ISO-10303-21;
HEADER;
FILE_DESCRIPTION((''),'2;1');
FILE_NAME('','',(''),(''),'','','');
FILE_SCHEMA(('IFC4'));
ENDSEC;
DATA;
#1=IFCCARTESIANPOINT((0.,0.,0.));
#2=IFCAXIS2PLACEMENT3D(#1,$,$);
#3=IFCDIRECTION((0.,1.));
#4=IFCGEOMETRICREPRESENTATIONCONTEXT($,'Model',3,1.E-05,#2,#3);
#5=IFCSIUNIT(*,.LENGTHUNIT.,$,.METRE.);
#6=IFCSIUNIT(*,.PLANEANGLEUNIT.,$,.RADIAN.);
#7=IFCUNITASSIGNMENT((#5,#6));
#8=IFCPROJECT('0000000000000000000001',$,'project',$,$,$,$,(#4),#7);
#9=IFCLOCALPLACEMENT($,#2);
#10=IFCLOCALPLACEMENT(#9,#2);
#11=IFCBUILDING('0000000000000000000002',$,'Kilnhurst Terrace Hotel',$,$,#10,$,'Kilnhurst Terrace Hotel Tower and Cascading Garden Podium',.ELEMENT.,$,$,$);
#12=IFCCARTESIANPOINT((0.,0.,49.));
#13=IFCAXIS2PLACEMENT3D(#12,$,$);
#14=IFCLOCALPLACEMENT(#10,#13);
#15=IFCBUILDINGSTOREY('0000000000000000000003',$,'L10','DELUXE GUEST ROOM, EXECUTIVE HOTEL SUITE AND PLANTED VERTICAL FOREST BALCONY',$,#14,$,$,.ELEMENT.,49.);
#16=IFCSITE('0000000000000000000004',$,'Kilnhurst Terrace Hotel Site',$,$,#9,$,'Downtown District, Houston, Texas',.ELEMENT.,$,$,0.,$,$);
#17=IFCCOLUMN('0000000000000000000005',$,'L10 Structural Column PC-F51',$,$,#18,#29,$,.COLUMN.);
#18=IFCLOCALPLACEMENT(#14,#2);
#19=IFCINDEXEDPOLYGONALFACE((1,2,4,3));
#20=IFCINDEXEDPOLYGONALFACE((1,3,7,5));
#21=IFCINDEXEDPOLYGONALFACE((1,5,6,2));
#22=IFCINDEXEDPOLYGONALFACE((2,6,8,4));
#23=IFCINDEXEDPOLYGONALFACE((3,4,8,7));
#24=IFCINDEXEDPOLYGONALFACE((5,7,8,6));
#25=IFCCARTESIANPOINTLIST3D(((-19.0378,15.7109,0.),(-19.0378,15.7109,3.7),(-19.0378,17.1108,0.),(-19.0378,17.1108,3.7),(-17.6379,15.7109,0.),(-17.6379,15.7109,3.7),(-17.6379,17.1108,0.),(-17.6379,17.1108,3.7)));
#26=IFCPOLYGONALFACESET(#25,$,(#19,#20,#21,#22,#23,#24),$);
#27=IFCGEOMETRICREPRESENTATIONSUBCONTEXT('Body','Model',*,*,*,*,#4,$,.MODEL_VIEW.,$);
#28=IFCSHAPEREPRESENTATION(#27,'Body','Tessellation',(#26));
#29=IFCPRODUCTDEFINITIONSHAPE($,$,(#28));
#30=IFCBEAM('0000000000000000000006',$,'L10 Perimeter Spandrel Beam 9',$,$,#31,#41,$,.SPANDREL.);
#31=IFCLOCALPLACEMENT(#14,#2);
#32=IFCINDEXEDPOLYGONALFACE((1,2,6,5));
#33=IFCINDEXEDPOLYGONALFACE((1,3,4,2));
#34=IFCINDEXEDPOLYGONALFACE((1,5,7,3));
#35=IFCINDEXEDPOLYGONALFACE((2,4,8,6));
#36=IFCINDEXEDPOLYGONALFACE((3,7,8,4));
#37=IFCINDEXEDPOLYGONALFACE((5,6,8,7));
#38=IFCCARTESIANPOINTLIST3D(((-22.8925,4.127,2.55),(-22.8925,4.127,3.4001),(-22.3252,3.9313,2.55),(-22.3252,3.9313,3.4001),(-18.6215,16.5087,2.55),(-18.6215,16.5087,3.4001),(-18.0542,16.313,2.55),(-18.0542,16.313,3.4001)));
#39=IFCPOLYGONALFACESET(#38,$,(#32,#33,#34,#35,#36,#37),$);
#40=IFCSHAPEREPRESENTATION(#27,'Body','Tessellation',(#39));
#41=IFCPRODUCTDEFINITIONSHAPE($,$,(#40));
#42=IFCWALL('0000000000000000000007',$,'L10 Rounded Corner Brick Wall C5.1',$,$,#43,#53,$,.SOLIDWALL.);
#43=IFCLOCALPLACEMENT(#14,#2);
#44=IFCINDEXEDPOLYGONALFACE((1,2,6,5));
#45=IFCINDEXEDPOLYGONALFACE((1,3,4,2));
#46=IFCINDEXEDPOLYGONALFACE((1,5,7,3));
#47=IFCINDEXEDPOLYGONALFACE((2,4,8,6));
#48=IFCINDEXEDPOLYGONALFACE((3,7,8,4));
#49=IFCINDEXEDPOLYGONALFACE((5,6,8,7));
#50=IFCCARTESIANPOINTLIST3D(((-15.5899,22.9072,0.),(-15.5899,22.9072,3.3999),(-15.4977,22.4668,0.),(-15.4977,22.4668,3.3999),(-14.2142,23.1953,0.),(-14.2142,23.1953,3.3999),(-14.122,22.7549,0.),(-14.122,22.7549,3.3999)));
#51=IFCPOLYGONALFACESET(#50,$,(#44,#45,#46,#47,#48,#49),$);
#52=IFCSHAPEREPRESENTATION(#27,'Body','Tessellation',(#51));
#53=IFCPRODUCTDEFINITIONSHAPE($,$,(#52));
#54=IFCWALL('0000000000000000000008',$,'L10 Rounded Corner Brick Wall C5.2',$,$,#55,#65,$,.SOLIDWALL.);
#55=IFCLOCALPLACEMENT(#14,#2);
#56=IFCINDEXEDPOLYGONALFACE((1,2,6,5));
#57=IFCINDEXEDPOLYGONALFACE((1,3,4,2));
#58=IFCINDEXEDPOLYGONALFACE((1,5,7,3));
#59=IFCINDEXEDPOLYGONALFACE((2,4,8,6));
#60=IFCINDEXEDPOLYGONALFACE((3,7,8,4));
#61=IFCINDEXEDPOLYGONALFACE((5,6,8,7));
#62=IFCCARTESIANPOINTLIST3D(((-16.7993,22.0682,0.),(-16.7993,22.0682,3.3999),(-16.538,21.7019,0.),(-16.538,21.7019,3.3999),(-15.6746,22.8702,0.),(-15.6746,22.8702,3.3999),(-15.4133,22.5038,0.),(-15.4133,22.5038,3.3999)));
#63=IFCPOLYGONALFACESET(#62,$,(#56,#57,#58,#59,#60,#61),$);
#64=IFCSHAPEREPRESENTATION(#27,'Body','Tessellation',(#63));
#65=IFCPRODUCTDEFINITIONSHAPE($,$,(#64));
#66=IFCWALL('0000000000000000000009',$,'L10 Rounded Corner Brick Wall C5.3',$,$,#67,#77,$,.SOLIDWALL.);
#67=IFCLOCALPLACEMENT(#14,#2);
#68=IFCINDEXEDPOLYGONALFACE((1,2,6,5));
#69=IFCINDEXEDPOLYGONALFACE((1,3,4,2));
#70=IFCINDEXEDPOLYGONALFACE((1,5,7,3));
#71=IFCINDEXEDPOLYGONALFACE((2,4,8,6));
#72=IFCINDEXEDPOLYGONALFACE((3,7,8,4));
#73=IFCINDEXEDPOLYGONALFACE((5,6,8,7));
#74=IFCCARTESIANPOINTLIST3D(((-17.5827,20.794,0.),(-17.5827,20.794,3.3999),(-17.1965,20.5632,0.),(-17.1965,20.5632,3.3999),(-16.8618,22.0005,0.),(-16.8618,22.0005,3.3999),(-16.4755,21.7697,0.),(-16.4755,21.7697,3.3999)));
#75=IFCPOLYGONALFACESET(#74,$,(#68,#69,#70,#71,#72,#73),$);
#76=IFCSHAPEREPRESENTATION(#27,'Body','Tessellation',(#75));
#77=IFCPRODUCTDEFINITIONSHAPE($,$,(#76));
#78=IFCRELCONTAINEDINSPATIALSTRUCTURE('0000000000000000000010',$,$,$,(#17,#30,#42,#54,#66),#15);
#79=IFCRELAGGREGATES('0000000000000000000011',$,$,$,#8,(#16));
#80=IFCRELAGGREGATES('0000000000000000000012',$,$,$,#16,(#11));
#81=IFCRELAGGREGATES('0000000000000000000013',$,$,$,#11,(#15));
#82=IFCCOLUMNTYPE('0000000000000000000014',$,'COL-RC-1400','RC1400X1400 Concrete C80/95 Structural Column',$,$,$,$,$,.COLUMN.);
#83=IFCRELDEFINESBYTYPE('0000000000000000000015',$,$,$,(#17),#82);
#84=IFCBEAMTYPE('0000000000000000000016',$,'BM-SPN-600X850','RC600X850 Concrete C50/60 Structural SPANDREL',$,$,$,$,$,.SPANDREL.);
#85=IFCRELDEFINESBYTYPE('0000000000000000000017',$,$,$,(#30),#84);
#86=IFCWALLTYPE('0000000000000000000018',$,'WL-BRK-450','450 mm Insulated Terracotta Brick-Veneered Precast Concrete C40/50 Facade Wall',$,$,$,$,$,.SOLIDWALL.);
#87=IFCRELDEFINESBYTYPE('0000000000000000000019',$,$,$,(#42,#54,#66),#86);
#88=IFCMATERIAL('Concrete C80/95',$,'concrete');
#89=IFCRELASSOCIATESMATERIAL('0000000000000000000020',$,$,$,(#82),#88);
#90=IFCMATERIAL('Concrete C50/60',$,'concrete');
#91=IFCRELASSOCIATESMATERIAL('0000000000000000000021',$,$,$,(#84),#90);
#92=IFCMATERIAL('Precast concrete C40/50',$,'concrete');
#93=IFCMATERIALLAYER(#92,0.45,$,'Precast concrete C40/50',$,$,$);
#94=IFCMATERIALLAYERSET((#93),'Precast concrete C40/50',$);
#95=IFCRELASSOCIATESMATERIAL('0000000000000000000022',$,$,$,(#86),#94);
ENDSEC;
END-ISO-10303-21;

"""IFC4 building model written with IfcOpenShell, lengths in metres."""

from ifc_helpers import new_model, si_unit, direction, frame, frame_2d, origin, origin_2d, place, context, subcontext, project, spatial, rectangle, extrude, material, layer, layer_set, material_profile, profile_set, type_object, element, save


model = new_model("IFC4")

# Units and contexts
model_context = context("Model", 3, precision=1e-05, world=origin(), true_north=direction((0.0, 1.0)))
body_context = subcontext(model_context, "Body", "Model", "MODEL_VIEW")
ifc_project = project(units=[si_unit("LENGTHUNIT", "METRE"), si_unit("PLANEANGLEUNIT", "RADIAN")], contexts=[model_context])

# Site, building, storey
site_placement = place(None, origin())
site = spatial("IfcSite", under=ifc_project, at=site_placement, Name="Kilnhurst Terrace Hotel Site", LongName="Downtown District, Houston, Texas", CompositionType="ELEMENT", RefElevation=0.0)
building_placement = place(site_placement, origin())
building = spatial("IfcBuilding", under=site, at=building_placement, Name="Kilnhurst Terrace Hotel", LongName="Kilnhurst Terrace Hotel Tower and Cascading Garden Podium", CompositionType="ELEMENT")
storey_placement = place(building_placement, frame((0.0, 0.0, 49.0)))
storey = spatial("IfcBuildingStorey", under=building, at=storey_placement, Name="L10", Description="DELUXE GUEST ROOM, EXECUTIVE HOTEL SUITE AND PLANTED VERTICAL FOREST BALCONY", CompositionType="ELEMENT", Elevation=49.0)

# Column
ifc_material_1 = material(Name="Concrete C80/95", Category="concrete")
ifc_material_profile_1 = material_profile(ifc_material_1, rectangle(XDim=1.3999, YDim=1.3999, at=origin_2d()), Name="RC1400X1400")
ifc_profile_set_1 = profile_set([ifc_material_profile_1], Name="Concrete C80/95")
column_type = type_object("IfcColumnType", Name="COL-RC-1400", Description="RC1400X1400 Concrete C80/95 Structural Column", PredefinedType="COLUMN", material=ifc_profile_set_1)
column_placement = place(storey_placement, frame((-18.3379, 16.4109, 0.0), z_axis=(0.0, 0.0, 1.0), x_axis=(1.0, 0.0, 0.0)))
element("IfcColumn", 1, at=column_placement, inside=storey, type_object=column_type, Name="L10 Structural Column PC-F51", PredefinedType="COLUMN", context=body_context, shape_type="SweptSolid", body=[
    extrude(rectangle(XDim=1.3999, YDim=1.3999, at=origin_2d()), origin(), (0.0, 0.0, 1.0), 3.7),
])

# Beam
ifc_material_2 = material(Name="Concrete C50/60", Category="concrete")
ifc_material_profile_2 = material_profile(ifc_material_2, rectangle(XDim=0.6001, YDim=0.8501, at=origin_2d()), Name="RC600X850")
ifc_profile_set_2 = profile_set([ifc_material_profile_2], Name="Concrete C50/60")
beam_type = type_object("IfcBeamType", Name="BM-SPN-600X850", Description="RC600X850 Concrete C50/60 Structural SPANDREL", PredefinedType="SPANDREL", material=ifc_profile_set_2)
beam_placement = place(storey_placement, frame((-18.3379, 16.4109, 2.9751), z_axis=(-0.326086, -0.94534, 0.0), x_axis=(0.94534, -0.326086, 0.0)))
element("IfcBeam", 2, at=beam_placement, inside=storey, type_object=beam_type, Name="L10 Perimeter Spandrel Beam 9", PredefinedType="SPANDREL", context=body_context, shape_type="SweptSolid", body=[
    extrude(rectangle(XDim=0.6001, YDim=0.8501, at=origin_2d()), origin(), (0.0, 0.0, 1.0), 13.0977),
])

# Walls
ifc_material_3 = material(Name="Precast concrete C40/50", Category="concrete")
ifc_layer_1 = layer(ifc_material_3, 0.45, Name="Precast concrete C40/50")
ifc_layer_set_1 = layer_set([ifc_layer_1], Name="Precast concrete C40/50")
wall_type_1 = type_object("IfcWallType", Name="WL-BRK-450", Description="450 mm Insulated Terracotta Brick-Veneered Precast Concrete C40/50 Facade Wall", PredefinedType="SOLIDWALL", material=ifc_layer_set_1)
wall_1_placement = place(storey_placement, frame((-14.1682, 22.9751, 0.0), z_axis=(0.0, 0.0, 1.0), x_axis=(-0.97877, -0.20496, 0.0)))
element("IfcWall", 3, at=wall_1_placement, inside=storey, type_object=wall_type_1, Name="L10 Rounded Corner Brick Wall C5.1", PredefinedType="SOLIDWALL", context=body_context, shape_type="SweptSolid", body=[
    extrude(rectangle(XDim=1.4055, YDim=0.45, at=frame_2d((0.7026, 0.0))), origin(), (0.0, 0.0, 1.0), 3.3999),
])
wall_2_placement = place(storey_placement, frame((-15.5439, 22.687, 0.0), z_axis=(0.0, 0.0, 1.0), x_axis=(-0.814211, -0.580569, 0.0)))
element("IfcWall", 4, at=wall_2_placement, inside=storey, type_object=wall_type_1, Name="L10 Rounded Corner Brick Wall C5.2", PredefinedType="SOLIDWALL", context=body_context, shape_type="SweptSolid", body=[
    extrude(rectangle(XDim=1.3813, YDim=0.45, at=frame_2d((0.6907, 0.0))), origin(), (0.0, 0.0, 1.0), 3.3999),
])
wall_3_placement = place(storey_placement, frame((-16.6687, 21.885, 0.0), z_axis=(0.0, 0.0, 1.0), x_axis=(-0.512937, -0.858426, 0.0)))
element("IfcWall", 5, at=wall_3_placement, inside=storey, type_object=wall_type_1, Name="L10 Rounded Corner Brick Wall C5.3", PredefinedType="SOLIDWALL", context=body_context, shape_type="SweptSolid", body=[
    extrude(rectangle(XDim=1.4055, YDim=0.45, at=frame_2d((0.7026, 0.0))), origin(), (0.0, 0.0, 1.0), 3.3999),
])

save(model, "model.ifc")
